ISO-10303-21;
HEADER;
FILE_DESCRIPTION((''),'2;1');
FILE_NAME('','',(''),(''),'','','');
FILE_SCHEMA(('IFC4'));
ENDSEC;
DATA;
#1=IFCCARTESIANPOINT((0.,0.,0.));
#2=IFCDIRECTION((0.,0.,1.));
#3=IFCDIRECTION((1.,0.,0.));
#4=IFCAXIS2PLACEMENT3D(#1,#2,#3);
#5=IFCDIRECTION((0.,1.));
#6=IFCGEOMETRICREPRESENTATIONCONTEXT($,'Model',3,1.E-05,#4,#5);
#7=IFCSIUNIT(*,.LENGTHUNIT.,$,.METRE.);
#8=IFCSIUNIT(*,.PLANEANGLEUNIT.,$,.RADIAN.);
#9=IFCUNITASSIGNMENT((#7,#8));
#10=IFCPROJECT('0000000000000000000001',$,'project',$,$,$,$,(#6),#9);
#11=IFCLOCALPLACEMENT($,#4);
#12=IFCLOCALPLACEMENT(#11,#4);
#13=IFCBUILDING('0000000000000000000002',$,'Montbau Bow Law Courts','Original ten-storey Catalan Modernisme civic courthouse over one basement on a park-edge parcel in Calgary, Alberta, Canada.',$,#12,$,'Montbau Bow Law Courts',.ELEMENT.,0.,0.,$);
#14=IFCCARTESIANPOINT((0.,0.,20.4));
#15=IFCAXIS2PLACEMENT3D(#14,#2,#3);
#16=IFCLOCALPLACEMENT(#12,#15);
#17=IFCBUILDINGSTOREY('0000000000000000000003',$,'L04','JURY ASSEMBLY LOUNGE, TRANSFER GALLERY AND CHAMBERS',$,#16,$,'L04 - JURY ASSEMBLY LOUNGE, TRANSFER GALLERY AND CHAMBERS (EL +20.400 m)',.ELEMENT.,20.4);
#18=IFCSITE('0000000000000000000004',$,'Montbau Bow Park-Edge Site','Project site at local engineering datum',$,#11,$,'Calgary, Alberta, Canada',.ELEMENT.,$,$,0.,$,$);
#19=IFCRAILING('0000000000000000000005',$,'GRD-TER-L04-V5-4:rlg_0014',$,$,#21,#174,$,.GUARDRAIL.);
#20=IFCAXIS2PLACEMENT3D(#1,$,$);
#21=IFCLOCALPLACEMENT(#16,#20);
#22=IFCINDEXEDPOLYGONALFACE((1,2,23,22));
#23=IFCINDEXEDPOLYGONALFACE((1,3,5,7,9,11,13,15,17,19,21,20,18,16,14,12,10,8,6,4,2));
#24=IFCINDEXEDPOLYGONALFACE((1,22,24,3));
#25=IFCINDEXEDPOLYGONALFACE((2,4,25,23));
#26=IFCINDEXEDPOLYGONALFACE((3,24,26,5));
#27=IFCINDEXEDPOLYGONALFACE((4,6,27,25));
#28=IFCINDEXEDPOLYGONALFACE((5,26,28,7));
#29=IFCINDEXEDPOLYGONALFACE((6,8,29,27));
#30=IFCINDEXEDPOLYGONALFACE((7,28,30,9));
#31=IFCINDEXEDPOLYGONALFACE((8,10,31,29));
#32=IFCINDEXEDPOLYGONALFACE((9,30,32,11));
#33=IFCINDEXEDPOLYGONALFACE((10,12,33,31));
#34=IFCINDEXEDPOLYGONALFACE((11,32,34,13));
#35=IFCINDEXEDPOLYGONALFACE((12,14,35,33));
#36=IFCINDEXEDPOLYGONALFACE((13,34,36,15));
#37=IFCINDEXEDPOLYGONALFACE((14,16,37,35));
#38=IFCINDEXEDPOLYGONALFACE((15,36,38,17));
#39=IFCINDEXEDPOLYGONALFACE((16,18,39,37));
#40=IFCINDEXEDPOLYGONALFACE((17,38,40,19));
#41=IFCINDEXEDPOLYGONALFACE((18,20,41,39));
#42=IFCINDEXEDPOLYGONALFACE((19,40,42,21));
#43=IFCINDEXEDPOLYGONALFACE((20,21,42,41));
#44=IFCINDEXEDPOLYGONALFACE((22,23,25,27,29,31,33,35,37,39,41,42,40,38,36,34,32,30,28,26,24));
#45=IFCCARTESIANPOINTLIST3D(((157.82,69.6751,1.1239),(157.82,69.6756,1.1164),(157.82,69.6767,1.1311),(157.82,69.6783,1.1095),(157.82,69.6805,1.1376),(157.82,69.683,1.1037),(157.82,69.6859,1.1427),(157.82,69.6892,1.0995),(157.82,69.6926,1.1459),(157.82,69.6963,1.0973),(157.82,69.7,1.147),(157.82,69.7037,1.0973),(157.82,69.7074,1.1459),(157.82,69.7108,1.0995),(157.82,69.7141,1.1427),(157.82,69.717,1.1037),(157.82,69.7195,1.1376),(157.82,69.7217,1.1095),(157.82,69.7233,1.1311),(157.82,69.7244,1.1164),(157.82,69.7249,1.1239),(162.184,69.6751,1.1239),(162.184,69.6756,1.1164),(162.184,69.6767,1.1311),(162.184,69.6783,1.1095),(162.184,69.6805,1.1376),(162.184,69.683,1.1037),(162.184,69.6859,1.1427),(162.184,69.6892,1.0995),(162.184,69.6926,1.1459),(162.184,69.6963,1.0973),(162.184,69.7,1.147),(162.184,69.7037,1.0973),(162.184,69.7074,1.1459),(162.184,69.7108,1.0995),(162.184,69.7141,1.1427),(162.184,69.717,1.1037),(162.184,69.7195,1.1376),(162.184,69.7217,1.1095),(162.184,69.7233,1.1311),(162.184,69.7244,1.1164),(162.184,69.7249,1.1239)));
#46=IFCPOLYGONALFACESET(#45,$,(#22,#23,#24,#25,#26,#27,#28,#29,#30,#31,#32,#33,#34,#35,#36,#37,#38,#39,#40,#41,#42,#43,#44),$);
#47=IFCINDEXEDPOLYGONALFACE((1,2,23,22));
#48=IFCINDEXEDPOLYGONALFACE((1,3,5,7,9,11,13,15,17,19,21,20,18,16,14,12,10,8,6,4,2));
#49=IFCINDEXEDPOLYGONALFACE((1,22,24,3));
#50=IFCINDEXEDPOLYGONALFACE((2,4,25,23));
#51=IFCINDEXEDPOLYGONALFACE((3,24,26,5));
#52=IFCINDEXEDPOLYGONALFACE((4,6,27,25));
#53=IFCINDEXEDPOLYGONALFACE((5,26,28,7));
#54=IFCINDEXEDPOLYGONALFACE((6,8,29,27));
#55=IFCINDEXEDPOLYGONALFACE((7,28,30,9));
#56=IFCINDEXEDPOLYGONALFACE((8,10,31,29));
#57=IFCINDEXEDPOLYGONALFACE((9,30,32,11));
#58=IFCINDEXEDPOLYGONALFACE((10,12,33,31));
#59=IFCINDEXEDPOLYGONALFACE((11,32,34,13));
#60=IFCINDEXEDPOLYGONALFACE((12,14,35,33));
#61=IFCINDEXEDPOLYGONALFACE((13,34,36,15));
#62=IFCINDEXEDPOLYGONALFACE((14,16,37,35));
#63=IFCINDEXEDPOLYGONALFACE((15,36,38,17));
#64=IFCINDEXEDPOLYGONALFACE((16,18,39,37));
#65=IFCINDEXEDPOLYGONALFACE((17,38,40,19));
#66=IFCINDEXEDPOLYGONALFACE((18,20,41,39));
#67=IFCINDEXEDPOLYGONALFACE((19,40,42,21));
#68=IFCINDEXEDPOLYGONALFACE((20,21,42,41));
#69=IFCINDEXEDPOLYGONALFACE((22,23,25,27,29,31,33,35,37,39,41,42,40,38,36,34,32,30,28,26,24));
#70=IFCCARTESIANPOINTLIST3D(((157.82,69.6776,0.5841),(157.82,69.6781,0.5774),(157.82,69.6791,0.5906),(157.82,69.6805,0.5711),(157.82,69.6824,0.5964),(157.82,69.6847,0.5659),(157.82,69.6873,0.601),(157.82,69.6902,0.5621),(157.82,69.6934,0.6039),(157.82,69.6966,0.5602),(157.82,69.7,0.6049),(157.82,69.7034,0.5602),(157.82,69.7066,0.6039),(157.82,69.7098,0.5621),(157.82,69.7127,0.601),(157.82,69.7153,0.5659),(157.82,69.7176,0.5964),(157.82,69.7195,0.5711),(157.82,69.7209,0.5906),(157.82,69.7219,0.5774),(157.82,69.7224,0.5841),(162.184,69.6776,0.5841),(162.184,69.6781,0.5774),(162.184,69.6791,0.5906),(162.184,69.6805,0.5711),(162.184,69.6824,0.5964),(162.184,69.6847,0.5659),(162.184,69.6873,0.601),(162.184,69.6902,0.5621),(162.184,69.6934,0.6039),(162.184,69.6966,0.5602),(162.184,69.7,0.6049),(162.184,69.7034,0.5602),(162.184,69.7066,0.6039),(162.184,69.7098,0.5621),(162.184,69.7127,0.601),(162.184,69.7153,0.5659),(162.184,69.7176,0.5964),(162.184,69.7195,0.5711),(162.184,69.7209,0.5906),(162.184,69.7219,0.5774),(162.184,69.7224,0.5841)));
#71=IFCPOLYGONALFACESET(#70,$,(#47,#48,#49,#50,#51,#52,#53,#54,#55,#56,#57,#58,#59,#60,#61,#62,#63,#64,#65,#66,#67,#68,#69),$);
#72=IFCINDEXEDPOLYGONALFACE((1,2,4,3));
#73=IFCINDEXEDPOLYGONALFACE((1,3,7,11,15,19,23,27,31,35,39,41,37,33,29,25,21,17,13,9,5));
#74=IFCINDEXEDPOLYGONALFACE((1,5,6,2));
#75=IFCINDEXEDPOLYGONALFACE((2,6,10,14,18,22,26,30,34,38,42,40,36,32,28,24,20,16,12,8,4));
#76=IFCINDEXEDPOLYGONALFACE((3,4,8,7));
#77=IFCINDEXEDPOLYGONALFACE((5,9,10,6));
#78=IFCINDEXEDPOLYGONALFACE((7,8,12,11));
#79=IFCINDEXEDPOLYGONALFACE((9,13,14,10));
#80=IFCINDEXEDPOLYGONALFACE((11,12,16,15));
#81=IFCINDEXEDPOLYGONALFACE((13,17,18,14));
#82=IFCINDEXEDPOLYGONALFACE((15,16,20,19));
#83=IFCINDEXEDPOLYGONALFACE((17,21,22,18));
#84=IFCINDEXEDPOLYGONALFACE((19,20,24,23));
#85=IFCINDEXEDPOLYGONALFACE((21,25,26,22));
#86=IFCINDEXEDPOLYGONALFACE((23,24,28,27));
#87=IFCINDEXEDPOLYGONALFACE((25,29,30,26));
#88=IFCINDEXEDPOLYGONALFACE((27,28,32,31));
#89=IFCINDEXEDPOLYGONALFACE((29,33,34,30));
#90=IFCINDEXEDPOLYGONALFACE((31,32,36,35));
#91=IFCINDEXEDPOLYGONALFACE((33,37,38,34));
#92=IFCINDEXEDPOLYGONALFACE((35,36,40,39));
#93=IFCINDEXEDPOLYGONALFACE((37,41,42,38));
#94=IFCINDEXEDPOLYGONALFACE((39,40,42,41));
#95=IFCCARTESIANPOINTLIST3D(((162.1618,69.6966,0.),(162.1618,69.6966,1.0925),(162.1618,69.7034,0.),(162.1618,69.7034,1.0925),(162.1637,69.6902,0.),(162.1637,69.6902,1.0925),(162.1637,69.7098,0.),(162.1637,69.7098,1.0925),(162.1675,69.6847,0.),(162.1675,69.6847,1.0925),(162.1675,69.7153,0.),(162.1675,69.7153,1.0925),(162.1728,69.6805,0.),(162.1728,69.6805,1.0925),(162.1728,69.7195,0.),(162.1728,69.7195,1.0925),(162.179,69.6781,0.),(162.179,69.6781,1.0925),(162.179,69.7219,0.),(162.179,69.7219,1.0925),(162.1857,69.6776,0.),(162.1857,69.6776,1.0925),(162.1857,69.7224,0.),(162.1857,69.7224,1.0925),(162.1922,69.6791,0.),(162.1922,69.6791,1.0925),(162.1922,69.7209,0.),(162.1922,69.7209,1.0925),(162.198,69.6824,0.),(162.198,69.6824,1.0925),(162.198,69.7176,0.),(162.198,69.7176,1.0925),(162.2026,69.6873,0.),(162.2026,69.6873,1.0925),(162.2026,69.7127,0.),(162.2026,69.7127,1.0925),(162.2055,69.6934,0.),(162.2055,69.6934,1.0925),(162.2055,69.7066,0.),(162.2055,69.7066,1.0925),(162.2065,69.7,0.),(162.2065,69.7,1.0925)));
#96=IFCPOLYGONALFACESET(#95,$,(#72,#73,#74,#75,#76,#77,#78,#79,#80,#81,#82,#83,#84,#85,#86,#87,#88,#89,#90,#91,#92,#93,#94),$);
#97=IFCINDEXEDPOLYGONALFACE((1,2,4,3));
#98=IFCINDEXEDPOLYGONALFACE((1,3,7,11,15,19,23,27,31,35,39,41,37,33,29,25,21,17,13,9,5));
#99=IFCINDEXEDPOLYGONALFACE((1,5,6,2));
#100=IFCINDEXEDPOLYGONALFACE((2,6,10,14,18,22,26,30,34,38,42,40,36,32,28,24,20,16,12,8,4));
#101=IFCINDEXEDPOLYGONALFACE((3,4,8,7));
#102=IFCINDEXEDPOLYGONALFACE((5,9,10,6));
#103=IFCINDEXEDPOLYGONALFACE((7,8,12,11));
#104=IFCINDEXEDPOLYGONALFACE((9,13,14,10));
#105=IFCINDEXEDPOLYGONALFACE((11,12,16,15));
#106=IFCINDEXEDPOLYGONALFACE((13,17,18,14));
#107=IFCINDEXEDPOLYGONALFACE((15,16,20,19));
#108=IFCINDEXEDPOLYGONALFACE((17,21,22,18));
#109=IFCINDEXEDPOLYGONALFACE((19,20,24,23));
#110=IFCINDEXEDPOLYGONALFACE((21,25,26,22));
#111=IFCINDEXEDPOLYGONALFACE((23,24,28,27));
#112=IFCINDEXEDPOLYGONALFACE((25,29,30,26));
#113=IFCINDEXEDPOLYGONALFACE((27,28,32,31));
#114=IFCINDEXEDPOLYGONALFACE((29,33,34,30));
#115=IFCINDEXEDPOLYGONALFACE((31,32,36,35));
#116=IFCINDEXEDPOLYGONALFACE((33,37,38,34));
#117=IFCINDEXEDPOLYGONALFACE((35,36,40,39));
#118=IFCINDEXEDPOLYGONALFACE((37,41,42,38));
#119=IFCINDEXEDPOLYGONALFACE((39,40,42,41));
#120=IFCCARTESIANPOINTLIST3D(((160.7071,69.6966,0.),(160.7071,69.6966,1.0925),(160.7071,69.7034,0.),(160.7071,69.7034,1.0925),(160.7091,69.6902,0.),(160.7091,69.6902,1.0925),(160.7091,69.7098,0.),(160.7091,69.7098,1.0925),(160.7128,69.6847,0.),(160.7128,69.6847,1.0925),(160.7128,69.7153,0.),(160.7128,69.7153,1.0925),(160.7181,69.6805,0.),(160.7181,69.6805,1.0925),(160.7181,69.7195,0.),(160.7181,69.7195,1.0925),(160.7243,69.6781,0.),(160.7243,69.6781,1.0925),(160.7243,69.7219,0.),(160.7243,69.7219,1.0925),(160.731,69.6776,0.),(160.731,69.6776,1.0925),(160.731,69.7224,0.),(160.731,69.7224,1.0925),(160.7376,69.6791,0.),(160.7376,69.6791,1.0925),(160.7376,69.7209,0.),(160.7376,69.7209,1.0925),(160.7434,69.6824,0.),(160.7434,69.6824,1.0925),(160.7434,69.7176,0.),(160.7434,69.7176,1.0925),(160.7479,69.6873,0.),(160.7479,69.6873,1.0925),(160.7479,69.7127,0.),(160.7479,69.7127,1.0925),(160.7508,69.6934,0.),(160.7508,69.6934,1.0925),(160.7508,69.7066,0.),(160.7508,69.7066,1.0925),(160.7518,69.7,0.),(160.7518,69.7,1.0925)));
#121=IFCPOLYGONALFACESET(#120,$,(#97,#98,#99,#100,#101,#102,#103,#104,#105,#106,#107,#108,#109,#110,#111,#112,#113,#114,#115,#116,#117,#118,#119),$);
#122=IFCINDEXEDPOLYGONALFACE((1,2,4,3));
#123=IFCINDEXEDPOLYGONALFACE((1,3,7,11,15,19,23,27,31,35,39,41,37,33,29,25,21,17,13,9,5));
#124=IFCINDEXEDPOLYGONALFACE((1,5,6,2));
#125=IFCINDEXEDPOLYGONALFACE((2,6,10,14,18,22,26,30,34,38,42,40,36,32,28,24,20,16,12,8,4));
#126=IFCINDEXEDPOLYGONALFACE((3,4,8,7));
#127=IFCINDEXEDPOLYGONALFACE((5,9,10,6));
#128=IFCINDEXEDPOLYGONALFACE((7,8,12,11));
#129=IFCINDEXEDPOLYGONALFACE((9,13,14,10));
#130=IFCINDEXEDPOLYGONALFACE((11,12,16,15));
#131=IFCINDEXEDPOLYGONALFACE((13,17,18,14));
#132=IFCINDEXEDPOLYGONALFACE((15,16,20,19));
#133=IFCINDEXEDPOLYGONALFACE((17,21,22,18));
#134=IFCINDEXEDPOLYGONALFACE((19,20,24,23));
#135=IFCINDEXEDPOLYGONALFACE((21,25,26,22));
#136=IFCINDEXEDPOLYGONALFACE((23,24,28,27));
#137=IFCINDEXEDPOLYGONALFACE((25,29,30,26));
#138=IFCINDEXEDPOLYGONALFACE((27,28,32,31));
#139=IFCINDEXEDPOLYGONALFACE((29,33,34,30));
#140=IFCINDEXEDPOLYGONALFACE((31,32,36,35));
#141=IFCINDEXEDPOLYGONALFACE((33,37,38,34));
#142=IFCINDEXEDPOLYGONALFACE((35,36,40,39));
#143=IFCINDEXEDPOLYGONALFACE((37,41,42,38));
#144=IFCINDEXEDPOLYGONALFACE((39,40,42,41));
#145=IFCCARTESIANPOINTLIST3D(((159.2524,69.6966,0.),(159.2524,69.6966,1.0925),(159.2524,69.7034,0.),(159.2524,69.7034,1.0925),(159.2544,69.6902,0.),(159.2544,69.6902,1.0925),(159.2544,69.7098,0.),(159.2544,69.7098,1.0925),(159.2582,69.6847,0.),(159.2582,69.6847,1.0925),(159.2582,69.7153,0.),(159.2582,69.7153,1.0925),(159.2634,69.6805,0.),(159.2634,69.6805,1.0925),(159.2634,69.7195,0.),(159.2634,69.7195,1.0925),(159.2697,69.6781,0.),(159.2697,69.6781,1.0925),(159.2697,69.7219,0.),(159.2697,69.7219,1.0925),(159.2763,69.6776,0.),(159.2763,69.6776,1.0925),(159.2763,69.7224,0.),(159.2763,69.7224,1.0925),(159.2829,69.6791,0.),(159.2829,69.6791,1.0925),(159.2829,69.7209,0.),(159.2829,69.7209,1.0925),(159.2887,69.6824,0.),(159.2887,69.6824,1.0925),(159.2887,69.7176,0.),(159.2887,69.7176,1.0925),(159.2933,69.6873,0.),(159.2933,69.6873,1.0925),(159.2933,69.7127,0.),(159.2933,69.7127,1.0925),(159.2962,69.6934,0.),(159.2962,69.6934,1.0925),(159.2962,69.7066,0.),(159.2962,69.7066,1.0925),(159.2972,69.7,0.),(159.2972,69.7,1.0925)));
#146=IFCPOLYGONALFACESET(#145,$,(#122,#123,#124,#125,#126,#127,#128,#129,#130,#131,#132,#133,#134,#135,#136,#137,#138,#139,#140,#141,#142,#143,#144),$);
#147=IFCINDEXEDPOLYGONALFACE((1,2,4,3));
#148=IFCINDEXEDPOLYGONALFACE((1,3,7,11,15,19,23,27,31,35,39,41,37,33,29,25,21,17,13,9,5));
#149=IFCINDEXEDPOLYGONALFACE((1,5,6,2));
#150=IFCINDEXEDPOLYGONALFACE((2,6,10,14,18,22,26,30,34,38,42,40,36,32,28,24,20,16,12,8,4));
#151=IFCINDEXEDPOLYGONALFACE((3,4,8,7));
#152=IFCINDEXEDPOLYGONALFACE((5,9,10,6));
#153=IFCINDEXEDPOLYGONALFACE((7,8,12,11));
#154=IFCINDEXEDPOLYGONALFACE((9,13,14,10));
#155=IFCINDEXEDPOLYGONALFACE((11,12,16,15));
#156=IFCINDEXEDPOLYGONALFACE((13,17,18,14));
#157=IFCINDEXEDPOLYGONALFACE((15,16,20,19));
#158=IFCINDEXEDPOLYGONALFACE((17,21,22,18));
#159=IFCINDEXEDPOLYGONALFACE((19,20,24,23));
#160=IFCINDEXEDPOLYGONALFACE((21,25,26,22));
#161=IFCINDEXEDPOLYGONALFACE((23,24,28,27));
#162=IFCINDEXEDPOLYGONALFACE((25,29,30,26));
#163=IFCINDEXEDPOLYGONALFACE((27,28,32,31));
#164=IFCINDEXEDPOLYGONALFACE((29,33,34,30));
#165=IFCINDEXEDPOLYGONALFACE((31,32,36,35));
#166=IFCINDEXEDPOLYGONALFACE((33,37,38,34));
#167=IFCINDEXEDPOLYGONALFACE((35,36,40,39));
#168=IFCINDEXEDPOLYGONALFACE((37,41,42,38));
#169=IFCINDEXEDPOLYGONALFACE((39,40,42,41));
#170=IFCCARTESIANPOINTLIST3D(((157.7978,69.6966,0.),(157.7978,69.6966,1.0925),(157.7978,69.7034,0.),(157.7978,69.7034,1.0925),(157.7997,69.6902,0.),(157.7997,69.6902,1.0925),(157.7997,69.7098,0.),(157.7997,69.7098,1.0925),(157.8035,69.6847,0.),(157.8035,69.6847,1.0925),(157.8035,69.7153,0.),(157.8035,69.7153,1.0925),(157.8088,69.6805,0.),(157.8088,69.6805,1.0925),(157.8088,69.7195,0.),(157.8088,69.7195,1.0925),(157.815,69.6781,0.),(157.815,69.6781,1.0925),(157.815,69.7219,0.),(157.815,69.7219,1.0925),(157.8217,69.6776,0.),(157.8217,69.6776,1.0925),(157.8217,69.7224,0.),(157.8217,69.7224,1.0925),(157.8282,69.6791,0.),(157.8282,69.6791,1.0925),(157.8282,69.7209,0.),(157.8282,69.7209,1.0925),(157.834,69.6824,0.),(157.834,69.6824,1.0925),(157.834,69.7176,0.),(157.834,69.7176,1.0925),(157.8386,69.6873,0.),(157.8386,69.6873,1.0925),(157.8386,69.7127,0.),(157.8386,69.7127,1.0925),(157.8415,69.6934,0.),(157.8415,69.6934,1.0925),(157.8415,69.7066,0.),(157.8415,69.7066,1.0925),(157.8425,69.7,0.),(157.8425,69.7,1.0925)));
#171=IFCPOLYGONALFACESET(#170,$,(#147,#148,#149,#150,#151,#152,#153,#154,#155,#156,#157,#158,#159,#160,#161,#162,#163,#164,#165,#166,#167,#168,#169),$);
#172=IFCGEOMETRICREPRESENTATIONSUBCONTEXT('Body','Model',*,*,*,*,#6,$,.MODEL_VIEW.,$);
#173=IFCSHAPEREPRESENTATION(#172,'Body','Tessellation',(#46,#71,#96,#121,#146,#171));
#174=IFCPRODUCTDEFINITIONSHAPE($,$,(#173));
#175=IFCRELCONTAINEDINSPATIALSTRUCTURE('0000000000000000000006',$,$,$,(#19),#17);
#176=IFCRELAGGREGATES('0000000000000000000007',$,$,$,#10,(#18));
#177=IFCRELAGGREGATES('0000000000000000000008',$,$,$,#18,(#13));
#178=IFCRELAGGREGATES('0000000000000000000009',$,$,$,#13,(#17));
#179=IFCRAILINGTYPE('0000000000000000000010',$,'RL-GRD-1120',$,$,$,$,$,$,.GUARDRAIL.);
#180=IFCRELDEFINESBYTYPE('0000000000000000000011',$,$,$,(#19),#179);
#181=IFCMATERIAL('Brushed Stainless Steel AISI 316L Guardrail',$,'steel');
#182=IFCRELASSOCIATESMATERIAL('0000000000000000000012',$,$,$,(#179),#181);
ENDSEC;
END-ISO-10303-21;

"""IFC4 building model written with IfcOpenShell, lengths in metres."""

from ifc_helpers import new_model, si_unit, direction, frame, origin_with_axes, origin_2d_with_axis, place, context, subcontext, project, spatial, circle, extrude, material, type_object, element, save


model = new_model("IFC4")

# Units and contexts
model_context = context("Model", 3, precision=1e-05, world=origin_with_axes(), true_north=direction((0.0, 1.0)))
body_context = subcontext(model_context, "Body", "Model", "MODEL_VIEW")
ifc_project = project(units=[si_unit("LENGTHUNIT", "METRE"), si_unit("PLANEANGLEUNIT", "RADIAN")], contexts=[model_context])

# Site, building, storey
site_placement = place(None, origin_with_axes())
site = spatial("IfcSite", under=ifc_project, at=site_placement, Name="Montbau Bow Park-Edge Site", Description="Project site at local engineering datum", LongName="Calgary, Alberta, Canada", CompositionType="ELEMENT", RefElevation=0.0)
building_placement = place(site_placement, origin_with_axes())
building = spatial("IfcBuilding", under=site, at=building_placement, Name="Montbau Bow Law Courts", Description="Original ten-storey Catalan Modernisme civic courthouse over one basement on a park-edge parcel in Calgary, Alberta, Canada.", LongName="Montbau Bow Law Courts", CompositionType="ELEMENT", ElevationOfRefHeight=0.0, ElevationOfTerrain=0.0)
storey_placement = place(building_placement, frame((0.0, 0.0, 20.4), z_axis=(0.0, 0.0, 1.0), x_axis=(1.0, 0.0, 0.0)))
storey = spatial("IfcBuildingStorey", under=building, at=storey_placement, Name="L04", Description="JURY ASSEMBLY LOUNGE, TRANSFER GALLERY AND CHAMBERS", LongName="L04 - JURY ASSEMBLY LOUNGE, TRANSFER GALLERY AND CHAMBERS (EL +20.400 m)", CompositionType="ELEMENT", Elevation=20.4)

# Railing
ifc_material_1 = material(Name="Brushed Stainless Steel AISI 316L Guardrail", Category="steel")
railing_type_1 = type_object("IfcRailingType", Name="RL-GRD-1120", PredefinedType="GUARDRAIL", material=ifc_material_1)
railing_1_placement = place(None, origin_with_axes())
element("IfcRailing", 1, at=railing_1_placement, inside=storey, type_object=railing_type_1, Name="GRD-TER-L04-V5-4:rlg_0014", PredefinedType="GUARDRAIL", context=body_context, shape_type="SweptSolid", body=[
    extrude(circle(Radius=0.025, at=origin_2d_with_axis()), frame((162.184, 69.7, 21.522), z_axis=(-1.0, 0.0, 0.0), x_axis=(0.0, 0.0, 1.0)), (0.0, 0.0, 1.0), 4.364),
    extrude(circle(Radius=0.0225, at=origin_2d_with_axis()), frame((162.184, 69.7, 20.9824), z_axis=(-1.0, 0.0, 0.0), x_axis=(0.0, 0.0, 1.0)), (0.0, 0.0, 1.0), 4.364),
    extrude(circle(Radius=0.0225, at=origin_2d_with_axis()), frame((162.184, 69.7, 20.4), z_axis=(0.0, 0.0, 1.0), x_axis=(1.0, 0.0, 0.0)), (0.0, 0.0, 1.0), 1.0925),
    extrude(circle(Radius=0.0225, at=origin_2d_with_axis()), frame((160.7293, 69.7, 20.4), z_axis=(0.0, 0.0, 1.0), x_axis=(1.0, 0.0, 0.0)), (0.0, 0.0, 1.0), 1.0925),
    extrude(circle(Radius=0.0225, at=origin_2d_with_axis()), frame((159.2747, 69.7, 20.4), z_axis=(0.0, 0.0, 1.0), x_axis=(1.0, 0.0, 0.0)), (0.0, 0.0, 1.0), 1.0925),
    extrude(circle(Radius=0.0225, at=origin_2d_with_axis()), frame((157.82, 69.7, 20.4), z_axis=(0.0, 0.0, 1.0), x_axis=(1.0, 0.0, 0.0)), (0.0, 0.0, 1.0), 1.0925),
])

save(model, "model.ifc")
